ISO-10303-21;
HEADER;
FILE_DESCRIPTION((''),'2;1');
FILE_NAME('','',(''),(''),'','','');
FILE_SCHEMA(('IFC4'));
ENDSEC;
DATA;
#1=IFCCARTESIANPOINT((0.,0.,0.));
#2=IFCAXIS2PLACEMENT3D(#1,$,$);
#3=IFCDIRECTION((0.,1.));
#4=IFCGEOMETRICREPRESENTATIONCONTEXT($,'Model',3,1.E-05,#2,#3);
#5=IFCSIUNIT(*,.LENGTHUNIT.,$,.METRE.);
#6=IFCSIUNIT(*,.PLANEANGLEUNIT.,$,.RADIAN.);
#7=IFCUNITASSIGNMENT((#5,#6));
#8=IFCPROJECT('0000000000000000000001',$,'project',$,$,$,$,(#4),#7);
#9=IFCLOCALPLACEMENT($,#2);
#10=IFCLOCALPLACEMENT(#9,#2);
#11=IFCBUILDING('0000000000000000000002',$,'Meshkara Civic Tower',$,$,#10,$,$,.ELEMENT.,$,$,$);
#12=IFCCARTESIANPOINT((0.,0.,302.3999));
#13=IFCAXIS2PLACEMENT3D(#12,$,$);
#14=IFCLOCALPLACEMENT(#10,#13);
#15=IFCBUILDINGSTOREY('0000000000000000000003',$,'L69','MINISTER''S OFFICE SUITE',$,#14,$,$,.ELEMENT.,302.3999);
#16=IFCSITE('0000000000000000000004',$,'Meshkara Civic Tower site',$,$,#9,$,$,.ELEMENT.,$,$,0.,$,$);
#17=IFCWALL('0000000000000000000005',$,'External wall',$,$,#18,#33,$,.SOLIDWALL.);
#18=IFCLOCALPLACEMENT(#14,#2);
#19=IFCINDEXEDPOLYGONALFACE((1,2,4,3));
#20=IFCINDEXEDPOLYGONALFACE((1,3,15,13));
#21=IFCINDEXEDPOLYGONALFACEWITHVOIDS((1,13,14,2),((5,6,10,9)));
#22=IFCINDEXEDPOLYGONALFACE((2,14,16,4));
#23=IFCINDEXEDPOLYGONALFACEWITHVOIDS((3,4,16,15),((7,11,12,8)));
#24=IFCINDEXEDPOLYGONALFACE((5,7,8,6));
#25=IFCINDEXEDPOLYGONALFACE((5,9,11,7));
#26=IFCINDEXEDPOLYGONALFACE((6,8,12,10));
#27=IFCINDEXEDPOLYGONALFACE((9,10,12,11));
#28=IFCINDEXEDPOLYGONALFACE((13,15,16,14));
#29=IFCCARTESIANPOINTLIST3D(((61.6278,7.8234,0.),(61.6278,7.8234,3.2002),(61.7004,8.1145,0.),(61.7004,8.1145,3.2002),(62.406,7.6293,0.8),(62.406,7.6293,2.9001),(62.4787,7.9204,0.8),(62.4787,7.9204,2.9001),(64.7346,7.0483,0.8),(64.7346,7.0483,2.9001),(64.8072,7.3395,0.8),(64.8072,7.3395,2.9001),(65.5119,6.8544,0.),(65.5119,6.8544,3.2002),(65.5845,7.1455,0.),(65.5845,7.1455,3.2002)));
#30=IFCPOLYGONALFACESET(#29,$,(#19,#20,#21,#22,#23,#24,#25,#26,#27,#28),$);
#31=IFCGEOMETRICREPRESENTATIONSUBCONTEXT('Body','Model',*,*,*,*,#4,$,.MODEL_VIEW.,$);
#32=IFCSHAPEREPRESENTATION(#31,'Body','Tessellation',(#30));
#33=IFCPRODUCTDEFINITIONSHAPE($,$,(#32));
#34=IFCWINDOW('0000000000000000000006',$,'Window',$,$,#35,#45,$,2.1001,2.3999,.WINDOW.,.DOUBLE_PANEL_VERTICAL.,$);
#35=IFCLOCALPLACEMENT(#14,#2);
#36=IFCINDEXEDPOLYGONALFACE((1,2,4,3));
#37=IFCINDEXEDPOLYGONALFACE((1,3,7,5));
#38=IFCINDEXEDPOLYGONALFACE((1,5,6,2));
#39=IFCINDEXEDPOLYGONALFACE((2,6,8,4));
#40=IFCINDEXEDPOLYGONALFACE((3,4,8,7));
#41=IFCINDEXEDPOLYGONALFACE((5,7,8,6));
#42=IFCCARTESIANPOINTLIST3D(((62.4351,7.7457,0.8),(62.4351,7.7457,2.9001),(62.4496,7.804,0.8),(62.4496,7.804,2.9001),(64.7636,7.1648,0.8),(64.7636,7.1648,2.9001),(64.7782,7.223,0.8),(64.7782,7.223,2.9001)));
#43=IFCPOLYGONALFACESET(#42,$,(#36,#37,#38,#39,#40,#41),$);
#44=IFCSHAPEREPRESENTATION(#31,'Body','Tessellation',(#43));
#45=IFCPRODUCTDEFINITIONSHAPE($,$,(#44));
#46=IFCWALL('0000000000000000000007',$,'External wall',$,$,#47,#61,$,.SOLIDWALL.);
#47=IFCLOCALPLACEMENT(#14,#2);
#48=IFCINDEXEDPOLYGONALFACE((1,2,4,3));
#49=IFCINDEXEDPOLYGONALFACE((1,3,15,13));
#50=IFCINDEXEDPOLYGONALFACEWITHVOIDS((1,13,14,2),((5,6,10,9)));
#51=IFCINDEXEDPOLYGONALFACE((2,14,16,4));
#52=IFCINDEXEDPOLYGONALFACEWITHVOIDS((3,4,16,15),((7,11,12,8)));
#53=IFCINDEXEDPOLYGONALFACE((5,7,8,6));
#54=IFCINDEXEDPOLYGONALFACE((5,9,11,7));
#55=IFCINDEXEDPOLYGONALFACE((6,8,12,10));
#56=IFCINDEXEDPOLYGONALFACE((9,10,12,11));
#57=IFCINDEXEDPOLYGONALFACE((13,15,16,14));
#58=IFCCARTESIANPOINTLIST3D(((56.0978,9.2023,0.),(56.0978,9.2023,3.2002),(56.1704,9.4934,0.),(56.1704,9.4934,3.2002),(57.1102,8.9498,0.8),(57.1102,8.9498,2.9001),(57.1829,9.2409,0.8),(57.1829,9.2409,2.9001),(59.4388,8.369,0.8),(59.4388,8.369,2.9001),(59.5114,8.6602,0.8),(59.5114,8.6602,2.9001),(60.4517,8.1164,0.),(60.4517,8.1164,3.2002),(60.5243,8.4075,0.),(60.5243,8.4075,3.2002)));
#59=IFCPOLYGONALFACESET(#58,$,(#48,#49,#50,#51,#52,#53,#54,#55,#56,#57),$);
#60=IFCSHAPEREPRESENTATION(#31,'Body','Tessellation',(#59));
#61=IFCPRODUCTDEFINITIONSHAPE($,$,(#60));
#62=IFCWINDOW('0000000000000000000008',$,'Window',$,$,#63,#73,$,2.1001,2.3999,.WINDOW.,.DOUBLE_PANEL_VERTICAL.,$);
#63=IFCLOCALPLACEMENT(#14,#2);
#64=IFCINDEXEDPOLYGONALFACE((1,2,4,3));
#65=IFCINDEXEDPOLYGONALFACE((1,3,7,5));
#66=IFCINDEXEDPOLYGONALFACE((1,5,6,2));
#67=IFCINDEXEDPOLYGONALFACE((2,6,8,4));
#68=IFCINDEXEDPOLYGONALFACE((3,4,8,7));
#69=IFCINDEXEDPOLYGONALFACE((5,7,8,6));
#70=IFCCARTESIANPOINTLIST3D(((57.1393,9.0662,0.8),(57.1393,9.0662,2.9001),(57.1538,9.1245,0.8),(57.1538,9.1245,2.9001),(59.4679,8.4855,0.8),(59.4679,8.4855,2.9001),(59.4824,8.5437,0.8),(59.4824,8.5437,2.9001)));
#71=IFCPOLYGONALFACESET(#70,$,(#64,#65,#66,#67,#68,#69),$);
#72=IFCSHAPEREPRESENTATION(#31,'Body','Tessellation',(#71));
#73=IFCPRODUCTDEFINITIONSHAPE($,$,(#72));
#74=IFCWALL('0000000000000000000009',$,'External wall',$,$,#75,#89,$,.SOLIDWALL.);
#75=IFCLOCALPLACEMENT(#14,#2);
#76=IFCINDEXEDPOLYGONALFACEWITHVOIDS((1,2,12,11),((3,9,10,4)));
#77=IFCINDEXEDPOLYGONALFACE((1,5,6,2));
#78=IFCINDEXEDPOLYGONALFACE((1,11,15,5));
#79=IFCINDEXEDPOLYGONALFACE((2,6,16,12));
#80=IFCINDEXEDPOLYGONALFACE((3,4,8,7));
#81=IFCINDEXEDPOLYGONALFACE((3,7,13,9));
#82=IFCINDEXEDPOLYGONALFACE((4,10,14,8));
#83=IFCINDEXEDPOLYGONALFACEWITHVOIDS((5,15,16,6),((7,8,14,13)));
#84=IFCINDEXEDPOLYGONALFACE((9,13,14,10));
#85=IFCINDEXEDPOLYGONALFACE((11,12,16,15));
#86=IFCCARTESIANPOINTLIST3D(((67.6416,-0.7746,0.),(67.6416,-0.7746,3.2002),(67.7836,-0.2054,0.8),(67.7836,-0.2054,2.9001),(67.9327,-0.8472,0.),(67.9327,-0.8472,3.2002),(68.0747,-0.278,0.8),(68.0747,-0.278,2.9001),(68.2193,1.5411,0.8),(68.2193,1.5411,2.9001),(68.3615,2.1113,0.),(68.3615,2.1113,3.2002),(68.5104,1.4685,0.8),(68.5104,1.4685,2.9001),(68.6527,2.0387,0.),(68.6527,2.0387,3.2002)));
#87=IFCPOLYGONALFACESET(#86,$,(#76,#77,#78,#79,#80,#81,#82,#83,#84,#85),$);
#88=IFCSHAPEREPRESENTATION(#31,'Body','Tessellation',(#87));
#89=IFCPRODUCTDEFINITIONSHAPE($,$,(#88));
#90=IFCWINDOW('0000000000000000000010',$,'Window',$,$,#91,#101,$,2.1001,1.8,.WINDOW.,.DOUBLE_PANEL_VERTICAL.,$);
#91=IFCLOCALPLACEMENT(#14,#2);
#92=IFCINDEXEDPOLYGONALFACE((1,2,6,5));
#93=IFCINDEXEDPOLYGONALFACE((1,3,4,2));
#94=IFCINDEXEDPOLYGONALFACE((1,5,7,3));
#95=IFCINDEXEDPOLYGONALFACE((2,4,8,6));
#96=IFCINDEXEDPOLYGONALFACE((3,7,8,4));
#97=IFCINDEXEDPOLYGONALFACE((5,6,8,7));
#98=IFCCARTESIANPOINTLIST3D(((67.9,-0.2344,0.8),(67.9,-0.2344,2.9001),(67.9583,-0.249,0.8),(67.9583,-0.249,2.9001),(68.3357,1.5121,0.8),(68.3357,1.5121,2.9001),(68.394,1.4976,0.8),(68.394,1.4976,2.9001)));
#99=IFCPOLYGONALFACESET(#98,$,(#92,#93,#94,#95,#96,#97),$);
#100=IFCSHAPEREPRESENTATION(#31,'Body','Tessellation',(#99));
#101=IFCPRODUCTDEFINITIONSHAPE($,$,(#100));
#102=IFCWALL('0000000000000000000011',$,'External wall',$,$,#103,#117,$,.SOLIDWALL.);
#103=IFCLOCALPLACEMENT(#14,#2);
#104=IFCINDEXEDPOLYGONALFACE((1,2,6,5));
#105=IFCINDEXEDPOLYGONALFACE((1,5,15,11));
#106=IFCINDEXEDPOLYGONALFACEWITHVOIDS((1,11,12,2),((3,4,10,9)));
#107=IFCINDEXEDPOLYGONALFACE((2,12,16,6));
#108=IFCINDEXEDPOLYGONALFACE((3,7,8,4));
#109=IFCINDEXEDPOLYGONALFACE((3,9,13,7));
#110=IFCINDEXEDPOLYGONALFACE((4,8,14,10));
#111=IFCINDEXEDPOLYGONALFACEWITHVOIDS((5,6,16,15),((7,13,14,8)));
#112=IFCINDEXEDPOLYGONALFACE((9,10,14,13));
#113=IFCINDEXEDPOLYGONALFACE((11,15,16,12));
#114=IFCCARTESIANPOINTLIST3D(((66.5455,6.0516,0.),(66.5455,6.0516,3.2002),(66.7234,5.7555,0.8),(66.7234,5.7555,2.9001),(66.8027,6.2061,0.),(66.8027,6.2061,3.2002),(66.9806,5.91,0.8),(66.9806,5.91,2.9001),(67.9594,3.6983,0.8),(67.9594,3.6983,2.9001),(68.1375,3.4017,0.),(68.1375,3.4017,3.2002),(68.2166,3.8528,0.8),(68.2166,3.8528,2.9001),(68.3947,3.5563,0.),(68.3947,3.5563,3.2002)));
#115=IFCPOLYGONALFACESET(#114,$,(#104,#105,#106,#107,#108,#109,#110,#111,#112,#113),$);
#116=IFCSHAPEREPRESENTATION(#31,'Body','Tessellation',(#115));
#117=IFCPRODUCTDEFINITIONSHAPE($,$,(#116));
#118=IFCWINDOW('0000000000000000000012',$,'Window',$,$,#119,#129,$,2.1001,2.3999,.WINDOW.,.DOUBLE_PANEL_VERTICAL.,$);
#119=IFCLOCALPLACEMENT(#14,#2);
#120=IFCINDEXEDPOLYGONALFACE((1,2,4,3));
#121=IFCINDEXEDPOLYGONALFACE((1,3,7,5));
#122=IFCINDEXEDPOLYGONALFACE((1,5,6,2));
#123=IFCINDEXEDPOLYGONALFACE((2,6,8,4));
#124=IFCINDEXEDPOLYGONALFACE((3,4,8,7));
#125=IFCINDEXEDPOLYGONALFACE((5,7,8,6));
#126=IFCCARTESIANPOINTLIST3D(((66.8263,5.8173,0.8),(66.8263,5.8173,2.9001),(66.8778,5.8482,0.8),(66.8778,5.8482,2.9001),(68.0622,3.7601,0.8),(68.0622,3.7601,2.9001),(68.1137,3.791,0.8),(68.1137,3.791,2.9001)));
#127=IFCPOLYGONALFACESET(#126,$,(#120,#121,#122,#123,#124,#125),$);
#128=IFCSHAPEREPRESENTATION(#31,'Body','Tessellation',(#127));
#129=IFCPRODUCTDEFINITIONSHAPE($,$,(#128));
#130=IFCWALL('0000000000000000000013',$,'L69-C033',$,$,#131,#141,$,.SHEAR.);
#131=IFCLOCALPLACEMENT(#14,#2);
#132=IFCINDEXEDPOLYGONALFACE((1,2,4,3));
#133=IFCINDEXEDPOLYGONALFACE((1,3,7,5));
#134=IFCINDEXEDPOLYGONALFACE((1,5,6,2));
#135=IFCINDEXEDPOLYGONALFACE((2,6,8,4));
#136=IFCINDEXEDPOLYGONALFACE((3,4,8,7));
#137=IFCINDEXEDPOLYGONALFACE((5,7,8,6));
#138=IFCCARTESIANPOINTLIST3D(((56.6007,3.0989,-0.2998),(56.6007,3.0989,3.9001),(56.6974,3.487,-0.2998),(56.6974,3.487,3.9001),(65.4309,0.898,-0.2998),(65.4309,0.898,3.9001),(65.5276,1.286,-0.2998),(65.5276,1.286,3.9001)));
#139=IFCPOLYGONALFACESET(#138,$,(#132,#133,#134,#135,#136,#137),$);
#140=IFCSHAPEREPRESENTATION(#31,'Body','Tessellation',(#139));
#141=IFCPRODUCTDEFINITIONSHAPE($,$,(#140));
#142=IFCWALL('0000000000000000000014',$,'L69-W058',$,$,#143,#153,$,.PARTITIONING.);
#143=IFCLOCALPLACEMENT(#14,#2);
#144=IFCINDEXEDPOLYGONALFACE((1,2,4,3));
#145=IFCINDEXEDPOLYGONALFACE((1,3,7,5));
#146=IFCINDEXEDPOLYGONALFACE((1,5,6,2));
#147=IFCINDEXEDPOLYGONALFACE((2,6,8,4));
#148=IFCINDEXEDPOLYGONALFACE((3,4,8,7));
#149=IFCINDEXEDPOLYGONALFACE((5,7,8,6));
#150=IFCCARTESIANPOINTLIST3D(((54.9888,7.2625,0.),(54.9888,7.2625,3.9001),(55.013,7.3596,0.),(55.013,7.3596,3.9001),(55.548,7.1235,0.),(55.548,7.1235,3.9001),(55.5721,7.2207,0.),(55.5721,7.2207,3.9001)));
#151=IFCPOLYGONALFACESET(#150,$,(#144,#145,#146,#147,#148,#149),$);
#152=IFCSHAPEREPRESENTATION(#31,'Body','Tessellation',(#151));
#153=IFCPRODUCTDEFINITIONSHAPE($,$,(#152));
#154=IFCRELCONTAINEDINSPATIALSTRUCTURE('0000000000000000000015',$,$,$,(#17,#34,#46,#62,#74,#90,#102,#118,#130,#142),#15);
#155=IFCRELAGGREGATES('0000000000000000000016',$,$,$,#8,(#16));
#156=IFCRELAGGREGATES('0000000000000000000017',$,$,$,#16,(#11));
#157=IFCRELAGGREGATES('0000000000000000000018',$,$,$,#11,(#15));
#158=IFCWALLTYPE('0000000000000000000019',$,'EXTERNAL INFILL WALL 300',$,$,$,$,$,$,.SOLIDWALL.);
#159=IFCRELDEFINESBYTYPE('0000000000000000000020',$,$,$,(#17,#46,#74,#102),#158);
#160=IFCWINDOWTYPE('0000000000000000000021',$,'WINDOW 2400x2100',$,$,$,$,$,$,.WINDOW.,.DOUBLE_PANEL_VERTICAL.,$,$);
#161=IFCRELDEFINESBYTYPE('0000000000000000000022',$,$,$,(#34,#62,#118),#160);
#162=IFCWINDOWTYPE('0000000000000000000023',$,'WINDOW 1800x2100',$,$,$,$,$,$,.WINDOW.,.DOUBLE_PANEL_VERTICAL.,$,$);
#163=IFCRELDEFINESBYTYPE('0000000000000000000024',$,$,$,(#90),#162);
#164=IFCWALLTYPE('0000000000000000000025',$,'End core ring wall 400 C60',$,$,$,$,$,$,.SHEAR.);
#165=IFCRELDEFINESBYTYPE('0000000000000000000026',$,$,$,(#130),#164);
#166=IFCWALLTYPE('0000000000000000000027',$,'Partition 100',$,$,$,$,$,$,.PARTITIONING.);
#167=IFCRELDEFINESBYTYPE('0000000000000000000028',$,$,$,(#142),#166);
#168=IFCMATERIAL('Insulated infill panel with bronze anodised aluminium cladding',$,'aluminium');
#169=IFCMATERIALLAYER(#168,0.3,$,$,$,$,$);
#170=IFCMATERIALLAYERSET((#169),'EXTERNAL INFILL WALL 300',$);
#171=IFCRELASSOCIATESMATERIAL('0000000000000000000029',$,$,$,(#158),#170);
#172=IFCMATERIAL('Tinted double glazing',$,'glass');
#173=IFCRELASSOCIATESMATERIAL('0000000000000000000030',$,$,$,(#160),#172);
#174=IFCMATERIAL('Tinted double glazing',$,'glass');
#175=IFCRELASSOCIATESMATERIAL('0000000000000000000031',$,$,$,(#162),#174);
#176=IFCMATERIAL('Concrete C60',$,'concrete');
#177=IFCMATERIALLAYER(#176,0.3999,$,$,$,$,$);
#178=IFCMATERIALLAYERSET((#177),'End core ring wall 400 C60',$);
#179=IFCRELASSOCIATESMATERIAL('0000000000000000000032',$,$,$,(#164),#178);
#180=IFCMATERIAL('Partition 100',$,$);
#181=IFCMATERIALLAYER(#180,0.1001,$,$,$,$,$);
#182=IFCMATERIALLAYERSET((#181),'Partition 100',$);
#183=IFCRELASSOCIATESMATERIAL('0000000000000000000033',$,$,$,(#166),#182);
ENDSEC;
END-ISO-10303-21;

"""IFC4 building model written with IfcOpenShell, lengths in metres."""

from ifc_helpers import new_model, si_unit, direction, frame, frame_2d, origin, place, context, subcontext, project, spatial, rectangle, extrude, material, layer, layer_set, type_object, element, fill, save


model = new_model("IFC4")

# Units and contexts
model_context = context("Model", 3, precision=1e-05, world=origin(), true_north=direction((0.0, 1.0)))
body_context = subcontext(model_context, "Body", "Model", "MODEL_VIEW")
ifc_project = project(units=[si_unit("LENGTHUNIT", "METRE"), si_unit("PLANEANGLEUNIT", "RADIAN")], contexts=[model_context])

# Site, building, storey
site_placement = place(None, origin())
site = spatial("IfcSite", under=ifc_project, at=site_placement, Name="Meshkara Civic Tower site", CompositionType="ELEMENT", RefElevation=0.0)
building_placement = place(site_placement, origin())
building = spatial("IfcBuilding", under=site, at=building_placement, Name="Meshkara Civic Tower", CompositionType="ELEMENT")
storey_placement = place(building_placement, frame((0.0, 0.0, 302.3999)))
storey = spatial("IfcBuildingStorey", under=building, at=storey_placement, Name="L69", Description="MINISTER'S OFFICE SUITE", CompositionType="ELEMENT", Elevation=302.3999)

# Walls, openings, windows
ifc_material_1 = material(Name="Insulated infill panel with bronze anodised aluminium cladding", Category="aluminium")
ifc_layer_1 = layer(ifc_material_1, 0.3)
ifc_layer_set_1 = layer_set([ifc_layer_1], Name="EXTERNAL INFILL WALL 300")
wall_type_1 = type_object("IfcWallType", Name="EXTERNAL INFILL WALL 300", PredefinedType="SOLIDWALL", material=ifc_layer_set_1)
wall_1_placement = place(storey_placement, frame((65.5481, 7.0, 0.0), z_axis=(0.0, 0.0, 1.0), x_axis=(-0.970261, 0.242062, 0.0)))
wall_1 = element("IfcWall", 1, at=wall_1_placement, inside=storey, type_object=wall_type_1, Name="External wall", PredefinedType="SOLIDWALL", context=body_context, shape_type="SweptSolid", body=[
    extrude(rectangle(XDim=4.0032, YDim=0.3, at=frame_2d((2.0015, 0.0))), origin(), (0.0, 0.0, 1.0), 3.2002),
])
opening_1_placement = place(wall_1_placement, frame((0.801, 0.0, 0.8)))
opening_1 = element("IfcOpeningElement", 2, at=opening_1_placement, cuts=wall_1, PredefinedType="OPENING", context=body_context, shape_type="SweptSolid", body=[
    extrude(rectangle(XDim=2.3999, YDim=2.1001, at=frame_2d((1.2, 1.05))), frame((0.0, 0.1599, 0.0), z_axis=(0.0, -1.0, 0.0), x_axis=(1.0, 0.0, 0.0)), (0.0, 0.0, 1.0), 0.3201),
])
ifc_material_2 = material(Name="Tinted double glazing", Category="glass")
window_type_1 = type_object("IfcWindowType", Name="WINDOW 2400x2100", PartitioningType="DOUBLE_PANEL_VERTICAL", PredefinedType="WINDOW", material=ifc_material_2)
window_1_placement = place(opening_1_placement, origin())
window_1 = element("IfcWindow", 3, at=window_1_placement, inside=storey, type_object=window_type_1, Name="Window", OverallHeight=2.1001, OverallWidth=2.3999, PartitioningType="DOUBLE_PANEL_VERTICAL", PredefinedType="WINDOW", context=body_context, shape_type="SweptSolid", body=[
    extrude(rectangle(XDim=2.3999, YDim=2.1001, at=frame_2d((1.2, 1.05))), frame((0.0, 0.03, 0.0), z_axis=(0.0, -1.0, 0.0), x_axis=(1.0, 0.0, 0.0)), (0.0, 0.0, 1.0), 0.0601),
])
fill(opening_1, window_1)
wall_2_placement = place(storey_placement, frame((60.488, 8.262, 0.0), z_axis=(0.0, 0.0, 1.0), x_axis=(-0.970277, 0.241998, 0.0)))
wall_2 = element("IfcWall", 4, at=wall_2_placement, inside=storey, type_object=wall_type_1, Name="External wall", PredefinedType="SOLIDWALL", context=body_context, shape_type="SweptSolid", body=[
    extrude(rectangle(XDim=4.4873, YDim=0.3, at=frame_2d((2.2437, 0.0))), origin(), (0.0, 0.0, 1.0), 3.2002),
])
opening_2_placement = place(wall_2_placement, frame((1.0439, 0.0, 0.8)))
opening_2 = element("IfcOpeningElement", 5, at=opening_2_placement, cuts=wall_2, PredefinedType="OPENING", context=body_context, shape_type="SweptSolid", body=[
    extrude(rectangle(XDim=2.3999, YDim=2.1001, at=frame_2d((1.2, 1.05))), frame((0.0, 0.1599, 0.0), z_axis=(0.0, -1.0, 0.0), x_axis=(1.0, 0.0, 0.0)), (0.0, 0.0, 1.0), 0.3201),
])
window_2_placement = place(opening_2_placement, origin())
window_2 = element("IfcWindow", 6, at=window_2_placement, inside=storey, type_object=window_type_1, Name="Window", OverallHeight=2.1001, OverallWidth=2.3999, PartitioningType="DOUBLE_PANEL_VERTICAL", PredefinedType="WINDOW", context=body_context, shape_type="SweptSolid", body=[
    extrude(rectangle(XDim=2.3999, YDim=2.1001, at=frame_2d((1.2, 1.05))), frame((0.0, 0.03, 0.0), z_axis=(0.0, -1.0, 0.0), x_axis=(1.0, 0.0, 0.0)), (0.0, 0.0, 1.0), 0.0601),
])
fill(opening_2, window_2)
wall_3_placement = place(storey_placement, frame((67.7871, -0.811, 0.0), z_axis=(0.0, 0.0, 1.0), x_axis=(0.242053, 0.970263, 0.0)))
wall_3 = element("IfcWall", 7, at=wall_3_placement, inside=storey, type_object=wall_type_1, Name="External wall", PredefinedType="SOLIDWALL", context=body_context, shape_type="SweptSolid", body=[
    extrude(rectangle(XDim=2.9744, YDim=0.3, at=frame_2d((1.4873, 0.0))), origin(), (0.0, 0.0, 1.0), 3.2002),
])
opening_3_placement = place(wall_3_placement, frame((0.5869, 0.0, 0.8)))
opening_3 = element("IfcOpeningElement", 8, at=opening_3_placement, cuts=wall_3, PredefinedType="OPENING", context=body_context, shape_type="SweptSolid", body=[
    extrude(rectangle(XDim=1.8, YDim=2.1001, at=frame_2d((0.8999, 1.05))), frame((0.0, 0.1599, 0.0), z_axis=(0.0, -1.0, 0.0), x_axis=(1.0, 0.0, 0.0)), (0.0, 0.0, 1.0), 0.3201),
])
ifc_material_3 = material(Name="Tinted double glazing", Category="glass")
window_type_2 = type_object("IfcWindowType", Name="WINDOW 1800x2100", PartitioningType="DOUBLE_PANEL_VERTICAL", PredefinedType="WINDOW", material=ifc_material_3)
window_3_placement = place(opening_3_placement, origin())
window_3 = element("IfcWindow", 9, at=window_3_placement, inside=storey, type_object=window_type_2, Name="Window", OverallHeight=2.1001, OverallWidth=1.8, PartitioningType="DOUBLE_PANEL_VERTICAL", PredefinedType="WINDOW", context=body_context, shape_type="SweptSolid", body=[
    extrude(rectangle(XDim=1.8, YDim=2.1001, at=frame_2d((0.8999, 1.05))), frame((0.0, 0.03, 0.0), z_axis=(0.0, -1.0, 0.0), x_axis=(1.0, 0.0, 0.0)), (0.0, 0.0, 1.0), 0.0601),
])
fill(opening_3, window_3)
wall_4_placement = place(storey_placement, frame((68.2661, 3.479, 0.0), z_axis=(0.0, 0.0, 1.0), x_axis=(-0.514995, 0.857193, 0.0)))
wall_4 = element("IfcWall", 10, at=wall_4_placement, inside=storey, type_object=wall_type_1, Name="External wall", PredefinedType="SOLIDWALL", context=body_context, shape_type="SweptSolid", body=[
    extrude(rectangle(XDim=3.0913, YDim=0.3, at=frame_2d((1.5457, 0.0))), origin(), (0.0, 0.0, 1.0), 3.2002),
])
opening_4_placement = place(wall_4_placement, frame((0.3459, 0.0, 0.8)))
opening_4 = element("IfcOpeningElement", 11, at=opening_4_placement, cuts=wall_4, PredefinedType="OPENING", context=body_context, shape_type="SweptSolid", body=[
    extrude(rectangle(XDim=2.3999, YDim=2.1001, at=frame_2d((1.2, 1.05))), frame((0.0, 0.1599, 0.0), z_axis=(0.0, -1.0, 0.0), x_axis=(1.0, 0.0, 0.0)), (0.0, 0.0, 1.0), 0.3201),
])
window_4_placement = place(opening_4_placement, origin())
window_4 = element("IfcWindow", 12, at=window_4_placement, inside=storey, type_object=window_type_1, Name="Window", OverallHeight=2.1001, OverallWidth=2.3999, PartitioningType="DOUBLE_PANEL_VERTICAL", PredefinedType="WINDOW", context=body_context, shape_type="SweptSolid", body=[
    extrude(rectangle(XDim=2.3999, YDim=2.1001, at=frame_2d((1.2, 1.05))), frame((0.0, 0.03, 0.0), z_axis=(0.0, -1.0, 0.0), x_axis=(1.0, 0.0, 0.0)), (0.0, 0.0, 1.0), 0.0601),
])
fill(opening_4, window_4)

# Walls
ifc_material_4 = material(Name="Concrete C60", Category="concrete")
ifc_layer_2 = layer(ifc_material_4, 0.3999)
ifc_layer_set_2 = layer_set([ifc_layer_2], Name="End core ring wall 400 C60")
wall_type_2 = type_object("IfcWallType", Name="End core ring wall 400 C60", PredefinedType="SHEAR", material=ifc_layer_set_2)
wall_5_placement = place(storey_placement, frame((56.6489, 3.293, -0.2998), z_axis=(0.0, 0.0, 1.0), x_axis=(0.970313, -0.241854, 0.0)))
element("IfcWall", 13, at=wall_5_placement, inside=storey, type_object=wall_type_2, Name="L69-C033", PredefinedType="SHEAR", context=body_context, shape_type="SweptSolid", body=[
    extrude(rectangle(XDim=9.1003, YDim=0.3999, at=frame_2d((4.5503, 0.0))), origin(), (0.0, 0.0, 1.0), 4.2),
])
ifc_material_5 = material(Name="Partition 100")
ifc_layer_3 = layer(ifc_material_5, 0.1001)
ifc_layer_set_3 = layer_set([ifc_layer_3], Name="Partition 100")
wall_type_3 = type_object("IfcWallType", Name="Partition 100", PredefinedType="PARTITIONING", material=ifc_layer_set_3)
wall_6_placement = place(storey_placement, frame((55.5601, 7.1721, 0.0), z_axis=(0.0, 0.0, 1.0), x_axis=(-0.970491, 0.241139, 0.0)))
element("IfcWall", 14, at=wall_6_placement, inside=storey, type_object=wall_type_3, Name="L69-W058", PredefinedType="PARTITIONING", context=body_context, shape_type="SweptSolid", body=[
    extrude(rectangle(XDim=0.5762, YDim=0.1001, at=frame_2d((0.2881, 0.0))), origin(), (0.0, 0.0, 1.0), 3.9001),
])

save(model, "model.ifc")
